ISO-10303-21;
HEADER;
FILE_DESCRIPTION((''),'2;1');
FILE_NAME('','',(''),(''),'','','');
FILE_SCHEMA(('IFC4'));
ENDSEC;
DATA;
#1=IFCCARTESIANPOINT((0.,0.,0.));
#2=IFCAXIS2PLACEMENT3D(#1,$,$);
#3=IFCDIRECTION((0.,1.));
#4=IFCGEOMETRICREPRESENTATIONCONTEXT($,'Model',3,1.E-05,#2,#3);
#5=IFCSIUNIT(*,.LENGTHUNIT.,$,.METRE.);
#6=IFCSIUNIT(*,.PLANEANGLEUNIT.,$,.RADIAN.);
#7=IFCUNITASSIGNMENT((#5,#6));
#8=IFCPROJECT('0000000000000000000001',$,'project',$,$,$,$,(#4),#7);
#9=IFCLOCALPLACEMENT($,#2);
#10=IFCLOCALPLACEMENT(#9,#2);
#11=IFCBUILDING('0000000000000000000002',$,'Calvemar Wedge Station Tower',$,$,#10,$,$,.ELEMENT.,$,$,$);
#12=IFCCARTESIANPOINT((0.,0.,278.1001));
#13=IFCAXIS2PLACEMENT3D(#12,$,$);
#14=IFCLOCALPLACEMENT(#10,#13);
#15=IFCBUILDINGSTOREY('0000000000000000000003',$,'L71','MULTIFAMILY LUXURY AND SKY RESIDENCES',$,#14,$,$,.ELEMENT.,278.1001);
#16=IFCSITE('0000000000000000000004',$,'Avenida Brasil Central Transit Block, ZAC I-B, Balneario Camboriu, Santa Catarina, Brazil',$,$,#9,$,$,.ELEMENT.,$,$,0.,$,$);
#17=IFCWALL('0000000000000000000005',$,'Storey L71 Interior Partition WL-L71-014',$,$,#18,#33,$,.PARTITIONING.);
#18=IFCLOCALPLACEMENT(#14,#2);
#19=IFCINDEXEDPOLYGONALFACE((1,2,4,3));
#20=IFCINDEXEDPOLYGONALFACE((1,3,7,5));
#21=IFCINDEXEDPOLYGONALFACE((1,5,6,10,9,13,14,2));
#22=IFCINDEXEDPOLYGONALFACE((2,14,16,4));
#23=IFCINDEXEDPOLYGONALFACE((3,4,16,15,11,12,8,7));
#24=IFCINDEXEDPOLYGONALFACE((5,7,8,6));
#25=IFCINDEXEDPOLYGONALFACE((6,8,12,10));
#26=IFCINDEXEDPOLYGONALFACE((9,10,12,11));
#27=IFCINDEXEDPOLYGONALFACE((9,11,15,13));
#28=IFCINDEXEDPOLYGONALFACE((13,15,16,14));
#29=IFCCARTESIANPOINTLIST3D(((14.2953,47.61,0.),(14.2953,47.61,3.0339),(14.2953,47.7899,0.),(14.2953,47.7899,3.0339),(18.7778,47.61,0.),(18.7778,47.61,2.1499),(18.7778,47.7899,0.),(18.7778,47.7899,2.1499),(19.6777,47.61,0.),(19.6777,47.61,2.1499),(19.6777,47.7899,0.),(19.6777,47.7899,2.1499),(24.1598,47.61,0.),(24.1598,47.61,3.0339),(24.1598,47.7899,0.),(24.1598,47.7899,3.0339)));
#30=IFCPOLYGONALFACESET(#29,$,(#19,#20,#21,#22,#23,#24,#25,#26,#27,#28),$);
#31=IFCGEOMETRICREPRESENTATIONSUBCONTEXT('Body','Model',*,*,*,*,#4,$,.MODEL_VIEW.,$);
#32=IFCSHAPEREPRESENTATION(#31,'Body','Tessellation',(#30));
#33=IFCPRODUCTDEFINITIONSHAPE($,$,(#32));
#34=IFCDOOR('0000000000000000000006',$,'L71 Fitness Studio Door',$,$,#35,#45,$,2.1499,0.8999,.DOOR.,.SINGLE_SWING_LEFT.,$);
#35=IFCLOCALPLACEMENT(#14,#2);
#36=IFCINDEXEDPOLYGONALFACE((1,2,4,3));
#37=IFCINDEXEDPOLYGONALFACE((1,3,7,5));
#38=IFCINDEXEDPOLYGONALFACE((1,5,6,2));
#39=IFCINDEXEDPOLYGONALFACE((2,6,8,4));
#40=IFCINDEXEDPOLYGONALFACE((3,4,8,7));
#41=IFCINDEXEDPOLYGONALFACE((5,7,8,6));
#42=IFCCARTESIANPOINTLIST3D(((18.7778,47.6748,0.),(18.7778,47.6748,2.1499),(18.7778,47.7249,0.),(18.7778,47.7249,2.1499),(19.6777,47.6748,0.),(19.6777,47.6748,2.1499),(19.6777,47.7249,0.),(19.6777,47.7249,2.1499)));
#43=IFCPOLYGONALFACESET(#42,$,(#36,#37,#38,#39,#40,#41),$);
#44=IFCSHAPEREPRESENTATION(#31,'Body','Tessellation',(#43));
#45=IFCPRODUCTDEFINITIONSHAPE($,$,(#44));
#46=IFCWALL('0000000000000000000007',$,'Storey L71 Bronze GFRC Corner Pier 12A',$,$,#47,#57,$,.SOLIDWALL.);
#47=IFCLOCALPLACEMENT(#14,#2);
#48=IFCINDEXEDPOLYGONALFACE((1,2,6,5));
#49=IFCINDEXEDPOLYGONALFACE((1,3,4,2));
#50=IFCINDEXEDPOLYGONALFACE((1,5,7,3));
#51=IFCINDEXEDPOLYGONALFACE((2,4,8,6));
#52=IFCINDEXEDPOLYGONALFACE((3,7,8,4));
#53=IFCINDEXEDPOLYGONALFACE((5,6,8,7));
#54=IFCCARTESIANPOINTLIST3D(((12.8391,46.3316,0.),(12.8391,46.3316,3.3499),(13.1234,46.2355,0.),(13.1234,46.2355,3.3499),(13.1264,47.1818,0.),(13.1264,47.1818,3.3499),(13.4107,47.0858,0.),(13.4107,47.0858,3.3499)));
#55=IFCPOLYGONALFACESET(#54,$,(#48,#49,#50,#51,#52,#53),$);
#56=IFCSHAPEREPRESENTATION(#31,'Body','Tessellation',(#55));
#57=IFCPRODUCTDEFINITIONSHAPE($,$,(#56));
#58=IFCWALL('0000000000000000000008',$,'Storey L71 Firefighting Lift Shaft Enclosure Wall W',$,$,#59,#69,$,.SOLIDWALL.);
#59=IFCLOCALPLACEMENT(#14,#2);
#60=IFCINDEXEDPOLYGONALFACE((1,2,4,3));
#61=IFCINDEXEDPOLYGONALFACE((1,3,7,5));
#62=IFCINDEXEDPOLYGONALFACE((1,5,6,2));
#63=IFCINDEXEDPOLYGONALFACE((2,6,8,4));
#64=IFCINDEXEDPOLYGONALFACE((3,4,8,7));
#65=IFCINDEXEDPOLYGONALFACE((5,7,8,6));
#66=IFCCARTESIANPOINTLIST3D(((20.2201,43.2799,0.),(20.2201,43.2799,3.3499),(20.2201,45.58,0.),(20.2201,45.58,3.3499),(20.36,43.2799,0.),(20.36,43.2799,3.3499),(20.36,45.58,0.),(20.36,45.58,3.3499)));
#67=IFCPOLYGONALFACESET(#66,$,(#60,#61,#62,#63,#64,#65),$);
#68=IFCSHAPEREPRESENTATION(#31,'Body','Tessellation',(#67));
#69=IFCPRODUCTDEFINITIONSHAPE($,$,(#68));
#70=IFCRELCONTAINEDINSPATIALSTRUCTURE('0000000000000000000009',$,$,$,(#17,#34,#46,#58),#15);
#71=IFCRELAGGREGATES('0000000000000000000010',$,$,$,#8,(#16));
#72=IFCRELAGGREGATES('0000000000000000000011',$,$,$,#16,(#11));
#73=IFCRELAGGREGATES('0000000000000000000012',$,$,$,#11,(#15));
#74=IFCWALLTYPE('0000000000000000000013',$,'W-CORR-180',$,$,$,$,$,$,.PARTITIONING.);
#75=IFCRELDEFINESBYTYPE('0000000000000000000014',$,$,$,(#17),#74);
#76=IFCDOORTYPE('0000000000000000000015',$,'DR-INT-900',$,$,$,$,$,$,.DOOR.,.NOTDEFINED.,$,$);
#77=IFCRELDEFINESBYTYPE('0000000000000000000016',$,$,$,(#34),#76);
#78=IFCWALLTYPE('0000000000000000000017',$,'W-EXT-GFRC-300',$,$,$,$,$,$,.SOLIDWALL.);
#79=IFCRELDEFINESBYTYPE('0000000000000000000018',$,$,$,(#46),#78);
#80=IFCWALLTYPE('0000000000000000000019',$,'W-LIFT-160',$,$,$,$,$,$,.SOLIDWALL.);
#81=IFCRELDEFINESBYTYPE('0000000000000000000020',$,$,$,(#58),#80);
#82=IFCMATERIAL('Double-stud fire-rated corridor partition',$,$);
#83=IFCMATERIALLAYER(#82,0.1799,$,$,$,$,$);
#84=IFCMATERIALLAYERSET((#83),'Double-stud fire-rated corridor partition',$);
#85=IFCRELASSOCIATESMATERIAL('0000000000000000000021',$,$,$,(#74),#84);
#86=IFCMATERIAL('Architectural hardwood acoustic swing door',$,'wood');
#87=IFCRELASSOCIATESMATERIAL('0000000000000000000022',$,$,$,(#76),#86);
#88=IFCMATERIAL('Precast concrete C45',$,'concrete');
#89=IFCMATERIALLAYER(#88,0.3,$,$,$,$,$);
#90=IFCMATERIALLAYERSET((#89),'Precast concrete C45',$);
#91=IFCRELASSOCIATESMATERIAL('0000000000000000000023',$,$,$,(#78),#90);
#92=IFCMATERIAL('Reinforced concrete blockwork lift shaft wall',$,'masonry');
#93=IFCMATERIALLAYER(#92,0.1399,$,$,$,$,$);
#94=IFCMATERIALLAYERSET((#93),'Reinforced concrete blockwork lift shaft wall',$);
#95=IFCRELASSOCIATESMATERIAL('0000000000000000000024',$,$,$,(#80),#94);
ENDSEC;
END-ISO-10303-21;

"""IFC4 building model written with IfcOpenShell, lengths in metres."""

from ifc_helpers import new_model, si_unit, direction, frame, frame_2d, origin, place, context, subcontext, project, spatial, rectangle, extrude, source, transform, mapped, material, layer, layer_set, type_object, element, fill, save


model = new_model("IFC4")

# Units and contexts
model_context = context("Model", 3, precision=1e-05, world=origin(), true_north=direction((0.0, 1.0)))
body_context = subcontext(model_context, "Body", "Model", "MODEL_VIEW")
ifc_project = project(units=[si_unit("LENGTHUNIT", "METRE"), si_unit("PLANEANGLEUNIT", "RADIAN")], contexts=[model_context])

# Site, building, storey
site_placement = place(None, origin())
site = spatial("IfcSite", under=ifc_project, at=site_placement, Name="Avenida Brasil Central Transit Block, ZAC I-B, Balneario Camboriu, Santa Catarina, Brazil", CompositionType="ELEMENT", RefElevation=0.0)
building_placement = place(site_placement, origin())
building = spatial("IfcBuilding", under=site, at=building_placement, Name="Calvemar Wedge Station Tower", CompositionType="ELEMENT")
storey_placement = place(building_placement, frame((0.0, 0.0, 278.1001)))
storey = spatial("IfcBuildingStorey", under=building, at=storey_placement, Name="L71", Description="MULTIFAMILY LUXURY AND SKY RESIDENCES", CompositionType="ELEMENT", Elevation=278.1001)

# Shared definitions
ifc_material_1 = material(Name="Double-stud fire-rated corridor partition")
ifc_layer_1 = layer(ifc_material_1, 0.1799)
ifc_layer_set_1 = layer_set([ifc_layer_1], Name="Double-stud fire-rated corridor partition")
wall_type_1 = type_object("IfcWallType", Name="W-CORR-180", PredefinedType="PARTITIONING", material=ifc_layer_set_1)

# Wall, opening, door
wall_1_placement = place(storey_placement, frame((14.2954, 47.7, 0.0), z_axis=(0.0, 0.0, 1.0), x_axis=(1.0, 0.0, 0.0)))
wall_1 = element("IfcWall", 1, at=wall_1_placement, inside=storey, type_object=wall_type_1, Name="Storey L71 Interior Partition WL-L71-014", PredefinedType="PARTITIONING", context=body_context, shape_type="SweptSolid", body=[
    extrude(rectangle(XDim=9.8645, YDim=0.1799, at=frame_2d((4.9321, 0.0))), origin(), (0.0, 0.0, 1.0), 3.0339),
])
shared_shape_1 = source(origin(), body_context, "Body", "SweptSolid", [
    extrude(rectangle(XDim=0.8999, YDim=2.1499, at=frame_2d((0.45, 1.075))), frame((0.0, 0.1001, 0.0), z_axis=(0.0, -1.0, 0.0), x_axis=(1.0, 0.0, 0.0)), (0.0, 0.0, 1.0), 0.2),
])
opening_1_placement = place(wall_1_placement, frame((4.4824, 0.0, 0.0)))
opening_1 = element("IfcOpeningElement", 2, at=opening_1_placement, cuts=wall_1, PredefinedType="OPENING", context=body_context, shape_type="MappedRepresentation", body=[
    mapped(shared_shape_1, transform((0.0, 0.0, 0.0), scale=1.0)),
])
ifc_material_2 = material(Name="Architectural hardwood acoustic swing door", Category="wood")
door_type_1 = type_object("IfcDoorType", Name="DR-INT-900", OperationType="NOTDEFINED", PredefinedType="DOOR", material=ifc_material_2)
shared_shape_2 = source(origin(), body_context, "Body", "SweptSolid", [
    extrude(rectangle(XDim=0.8999, YDim=2.1499, at=frame_2d((0.45, 1.075))), frame((0.0, 0.0249, 0.0), z_axis=(0.0, -1.0, 0.0), x_axis=(1.0, 0.0, 0.0)), (0.0, 0.0, 1.0), 0.05),
])
door_1_placement = place(opening_1_placement, origin())
door_1 = element("IfcDoor", 3, at=door_1_placement, inside=storey, type_object=door_type_1, Name="L71 Fitness Studio Door", OperationType="SINGLE_SWING_LEFT", OverallHeight=2.1499, OverallWidth=0.8999, PredefinedType="DOOR", context=body_context, shape_type="MappedRepresentation", body=[
    mapped(shared_shape_2, transform((0.0, 0.0, 0.0), scale=1.0)),
])
fill(opening_1, door_1)

# Wall
ifc_material_3 = material(Name="Precast concrete C45", Category="concrete")
ifc_layer_2 = layer(ifc_material_3, 0.3)
ifc_layer_set_2 = layer_set([ifc_layer_2], Name="Precast concrete C45")
wall_type_2 = type_object("IfcWallType", Name="W-EXT-GFRC-300", PredefinedType="SOLIDWALL", material=ifc_layer_set_2)
wall_2_placement = place(storey_placement, frame((13.2686, 47.1338, 0.0), z_axis=(0.0, 0.0, 1.0), x_axis=(-0.320142, -0.94737, 0.0)))
element("IfcWall", 4, at=wall_2_placement, inside=storey, type_object=wall_type_2, Name="Storey L71 Bronze GFRC Corner Pier 12A", PredefinedType="SOLIDWALL", context=body_context, shape_type="SweptSolid", body=[
    extrude(rectangle(XDim=0.8975, YDim=0.3, at=frame_2d((0.4487, 0.0))), origin(), (0.0, 0.0, 1.0), 3.3499),
])

# Shared definitions
ifc_material_4 = material(Name="Reinforced concrete blockwork lift shaft wall", Category="masonry")
ifc_layer_3 = layer(ifc_material_4, 0.1399)
ifc_layer_set_3 = layer_set([ifc_layer_3], Name="Reinforced concrete blockwork lift shaft wall")
wall_type_3 = type_object("IfcWallType", Name="W-LIFT-160", PredefinedType="SOLIDWALL", material=ifc_layer_set_3)

# Wall
wall_3_placement = place(storey_placement, frame((20.29, 43.28, 0.0), z_axis=(0.0, 0.0, 1.0), x_axis=(0.0, 1.0, 0.0)))
element("IfcWall", 5, at=wall_3_placement, inside=storey, type_object=wall_type_3, Name="Storey L71 Firefighting Lift Shaft Enclosure Wall W", PredefinedType="SOLIDWALL", context=body_context, shape_type="SweptSolid", body=[
    extrude(rectangle(XDim=2.3, YDim=0.1399, at=frame_2d((1.1499, 0.0))), origin(), (0.0, 0.0, 1.0), 3.3499),
])

save(model, "model.ifc")
